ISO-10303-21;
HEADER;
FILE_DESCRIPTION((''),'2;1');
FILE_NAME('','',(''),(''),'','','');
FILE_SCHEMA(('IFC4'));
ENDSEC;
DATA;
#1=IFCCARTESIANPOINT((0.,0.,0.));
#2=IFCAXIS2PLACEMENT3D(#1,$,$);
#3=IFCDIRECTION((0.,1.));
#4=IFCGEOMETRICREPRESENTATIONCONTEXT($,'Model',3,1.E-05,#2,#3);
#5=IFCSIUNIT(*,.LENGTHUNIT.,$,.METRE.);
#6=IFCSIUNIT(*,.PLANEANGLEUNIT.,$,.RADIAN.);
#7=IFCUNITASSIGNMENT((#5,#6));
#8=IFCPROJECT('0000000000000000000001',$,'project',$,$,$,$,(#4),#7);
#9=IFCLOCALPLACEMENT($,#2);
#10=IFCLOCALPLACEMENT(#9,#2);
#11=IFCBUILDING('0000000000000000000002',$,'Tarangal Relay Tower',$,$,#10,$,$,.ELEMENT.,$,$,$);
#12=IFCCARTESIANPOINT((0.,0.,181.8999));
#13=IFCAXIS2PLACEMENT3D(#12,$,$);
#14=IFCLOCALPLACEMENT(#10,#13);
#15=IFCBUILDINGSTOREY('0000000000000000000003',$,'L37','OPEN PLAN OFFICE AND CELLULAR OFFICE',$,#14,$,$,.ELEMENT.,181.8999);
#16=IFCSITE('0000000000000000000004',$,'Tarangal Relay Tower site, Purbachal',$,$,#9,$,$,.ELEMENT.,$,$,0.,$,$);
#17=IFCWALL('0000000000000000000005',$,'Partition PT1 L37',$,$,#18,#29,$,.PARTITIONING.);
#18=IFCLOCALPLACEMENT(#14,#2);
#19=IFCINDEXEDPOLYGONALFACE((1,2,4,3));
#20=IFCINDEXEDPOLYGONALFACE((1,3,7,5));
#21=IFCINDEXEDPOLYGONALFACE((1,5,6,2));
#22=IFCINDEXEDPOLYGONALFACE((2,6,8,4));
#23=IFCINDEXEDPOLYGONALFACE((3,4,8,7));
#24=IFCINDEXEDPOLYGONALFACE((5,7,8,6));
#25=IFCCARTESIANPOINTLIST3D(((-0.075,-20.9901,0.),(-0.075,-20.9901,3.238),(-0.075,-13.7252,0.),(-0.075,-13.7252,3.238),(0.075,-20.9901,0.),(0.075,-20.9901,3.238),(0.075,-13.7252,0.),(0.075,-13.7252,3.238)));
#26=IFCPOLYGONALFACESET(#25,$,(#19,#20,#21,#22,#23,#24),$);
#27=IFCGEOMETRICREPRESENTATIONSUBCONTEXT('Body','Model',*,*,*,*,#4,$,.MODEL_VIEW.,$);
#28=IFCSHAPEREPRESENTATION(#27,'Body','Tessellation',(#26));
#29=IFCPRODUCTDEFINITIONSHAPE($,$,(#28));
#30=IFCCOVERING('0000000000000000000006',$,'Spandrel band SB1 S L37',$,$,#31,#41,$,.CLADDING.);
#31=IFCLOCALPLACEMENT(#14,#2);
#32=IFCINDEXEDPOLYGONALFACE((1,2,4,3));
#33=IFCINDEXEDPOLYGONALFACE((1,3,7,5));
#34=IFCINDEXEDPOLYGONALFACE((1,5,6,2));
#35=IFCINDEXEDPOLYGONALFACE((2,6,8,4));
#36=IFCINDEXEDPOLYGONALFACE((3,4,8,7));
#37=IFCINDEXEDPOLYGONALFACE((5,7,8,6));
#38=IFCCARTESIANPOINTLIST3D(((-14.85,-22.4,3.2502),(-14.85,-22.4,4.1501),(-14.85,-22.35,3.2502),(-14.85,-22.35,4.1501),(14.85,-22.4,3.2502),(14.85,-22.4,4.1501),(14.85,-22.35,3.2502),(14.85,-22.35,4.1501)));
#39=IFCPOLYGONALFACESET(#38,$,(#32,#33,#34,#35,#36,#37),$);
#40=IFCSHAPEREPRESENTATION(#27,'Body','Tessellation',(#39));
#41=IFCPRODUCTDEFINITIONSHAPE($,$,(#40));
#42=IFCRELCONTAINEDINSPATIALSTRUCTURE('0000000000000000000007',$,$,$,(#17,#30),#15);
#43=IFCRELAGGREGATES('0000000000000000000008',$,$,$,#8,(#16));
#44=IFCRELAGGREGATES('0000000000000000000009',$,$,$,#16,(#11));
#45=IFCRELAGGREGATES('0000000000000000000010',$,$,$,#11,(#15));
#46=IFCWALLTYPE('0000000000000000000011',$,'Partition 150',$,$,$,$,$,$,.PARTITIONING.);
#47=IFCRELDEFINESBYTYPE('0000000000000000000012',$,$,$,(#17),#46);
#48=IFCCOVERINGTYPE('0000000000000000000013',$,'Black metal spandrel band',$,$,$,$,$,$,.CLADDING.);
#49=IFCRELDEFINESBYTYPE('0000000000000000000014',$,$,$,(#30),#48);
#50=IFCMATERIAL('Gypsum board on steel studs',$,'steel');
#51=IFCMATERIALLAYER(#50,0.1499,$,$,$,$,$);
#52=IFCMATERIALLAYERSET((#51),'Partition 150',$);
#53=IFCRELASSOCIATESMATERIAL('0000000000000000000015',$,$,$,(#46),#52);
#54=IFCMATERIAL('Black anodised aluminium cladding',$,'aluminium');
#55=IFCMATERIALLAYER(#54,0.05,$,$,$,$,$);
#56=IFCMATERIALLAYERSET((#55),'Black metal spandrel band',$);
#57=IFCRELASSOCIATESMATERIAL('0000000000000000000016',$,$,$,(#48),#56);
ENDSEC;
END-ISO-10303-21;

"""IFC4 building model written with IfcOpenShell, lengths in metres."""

from ifc_helpers import new_model, si_unit, direction, frame, frame_2d, origin, origin_2d, place, context, subcontext, project, spatial, rectangle, extrude, material, layer, layer_set, type_object, element, save


model = new_model("IFC4")

# Units and contexts
model_context = context("Model", 3, precision=1e-05, world=origin(), true_north=direction((0.0, 1.0)))
body_context = subcontext(model_context, "Body", "Model", "MODEL_VIEW")
ifc_project = project(units=[si_unit("LENGTHUNIT", "METRE"), si_unit("PLANEANGLEUNIT", "RADIAN")], contexts=[model_context])

# Site, building, storey
site_placement = place(None, origin())
site = spatial("IfcSite", under=ifc_project, at=site_placement, Name="Tarangal Relay Tower site, Purbachal", CompositionType="ELEMENT", RefElevation=0.0)
building_placement = place(site_placement, origin())
building = spatial("IfcBuilding", under=site, at=building_placement, Name="Tarangal Relay Tower", CompositionType="ELEMENT")
storey_placement = place(building_placement, frame((0.0, 0.0, 181.8999)))
storey = spatial("IfcBuildingStorey", under=building, at=storey_placement, Name="L37", Description="OPEN PLAN OFFICE AND CELLULAR OFFICE", CompositionType="ELEMENT", Elevation=181.8999)

# Shared definitions
ifc_material_1 = material(Name="Gypsum board on steel studs", Category="steel")
ifc_layer_1 = layer(ifc_material_1, 0.1499)
ifc_layer_set_1 = layer_set([ifc_layer_1], Name="Partition 150")
wall_type = type_object("IfcWallType", Name="Partition 150", PredefinedType="PARTITIONING", material=ifc_layer_set_1)

# Wall
wall_1_placement = place(storey_placement, frame((0.0, -20.99, 0.0), z_axis=(0.0, 0.0, 1.0), x_axis=(0.0, 1.0, 0.0)))
element("IfcWall", 1, at=wall_1_placement, inside=storey, type_object=wall_type, Name="Partition PT1 L37", PredefinedType="PARTITIONING", context=body_context, shape_type="SweptSolid", body=[
    extrude(rectangle(XDim=7.2649, YDim=0.1499, at=frame_2d((3.6323, 0.0))), origin(), (0.0, 0.0, 1.0), 3.238),
])

# Covering
ifc_material_2 = material(Name="Black anodised aluminium cladding", Category="aluminium")
ifc_layer_2 = layer(ifc_material_2, 0.05)
ifc_layer_set_2 = layer_set([ifc_layer_2], Name="Black metal spandrel band")
covering_type = type_object("IfcCoveringType", Name="Black metal spandrel band", PredefinedType="CLADDING", material=ifc_layer_set_2)
covering_placement = place(storey_placement, frame((0.0, -22.375, 3.2502), z_axis=(0.0, 0.0, 1.0), x_axis=(-1.0, 0.0, 0.0)))
element("IfcCovering", 2, at=covering_placement, inside=storey, type_object=covering_type, Name="Spandrel band SB1 S L37", PredefinedType="CLADDING", context=body_context, shape_type="SweptSolid", body=[
    extrude(rectangle(XDim=29.7, YDim=0.05, at=origin_2d()), origin(), (0.0, 0.0, 1.0), 0.8999),
])

save(model, "model.ifc")
